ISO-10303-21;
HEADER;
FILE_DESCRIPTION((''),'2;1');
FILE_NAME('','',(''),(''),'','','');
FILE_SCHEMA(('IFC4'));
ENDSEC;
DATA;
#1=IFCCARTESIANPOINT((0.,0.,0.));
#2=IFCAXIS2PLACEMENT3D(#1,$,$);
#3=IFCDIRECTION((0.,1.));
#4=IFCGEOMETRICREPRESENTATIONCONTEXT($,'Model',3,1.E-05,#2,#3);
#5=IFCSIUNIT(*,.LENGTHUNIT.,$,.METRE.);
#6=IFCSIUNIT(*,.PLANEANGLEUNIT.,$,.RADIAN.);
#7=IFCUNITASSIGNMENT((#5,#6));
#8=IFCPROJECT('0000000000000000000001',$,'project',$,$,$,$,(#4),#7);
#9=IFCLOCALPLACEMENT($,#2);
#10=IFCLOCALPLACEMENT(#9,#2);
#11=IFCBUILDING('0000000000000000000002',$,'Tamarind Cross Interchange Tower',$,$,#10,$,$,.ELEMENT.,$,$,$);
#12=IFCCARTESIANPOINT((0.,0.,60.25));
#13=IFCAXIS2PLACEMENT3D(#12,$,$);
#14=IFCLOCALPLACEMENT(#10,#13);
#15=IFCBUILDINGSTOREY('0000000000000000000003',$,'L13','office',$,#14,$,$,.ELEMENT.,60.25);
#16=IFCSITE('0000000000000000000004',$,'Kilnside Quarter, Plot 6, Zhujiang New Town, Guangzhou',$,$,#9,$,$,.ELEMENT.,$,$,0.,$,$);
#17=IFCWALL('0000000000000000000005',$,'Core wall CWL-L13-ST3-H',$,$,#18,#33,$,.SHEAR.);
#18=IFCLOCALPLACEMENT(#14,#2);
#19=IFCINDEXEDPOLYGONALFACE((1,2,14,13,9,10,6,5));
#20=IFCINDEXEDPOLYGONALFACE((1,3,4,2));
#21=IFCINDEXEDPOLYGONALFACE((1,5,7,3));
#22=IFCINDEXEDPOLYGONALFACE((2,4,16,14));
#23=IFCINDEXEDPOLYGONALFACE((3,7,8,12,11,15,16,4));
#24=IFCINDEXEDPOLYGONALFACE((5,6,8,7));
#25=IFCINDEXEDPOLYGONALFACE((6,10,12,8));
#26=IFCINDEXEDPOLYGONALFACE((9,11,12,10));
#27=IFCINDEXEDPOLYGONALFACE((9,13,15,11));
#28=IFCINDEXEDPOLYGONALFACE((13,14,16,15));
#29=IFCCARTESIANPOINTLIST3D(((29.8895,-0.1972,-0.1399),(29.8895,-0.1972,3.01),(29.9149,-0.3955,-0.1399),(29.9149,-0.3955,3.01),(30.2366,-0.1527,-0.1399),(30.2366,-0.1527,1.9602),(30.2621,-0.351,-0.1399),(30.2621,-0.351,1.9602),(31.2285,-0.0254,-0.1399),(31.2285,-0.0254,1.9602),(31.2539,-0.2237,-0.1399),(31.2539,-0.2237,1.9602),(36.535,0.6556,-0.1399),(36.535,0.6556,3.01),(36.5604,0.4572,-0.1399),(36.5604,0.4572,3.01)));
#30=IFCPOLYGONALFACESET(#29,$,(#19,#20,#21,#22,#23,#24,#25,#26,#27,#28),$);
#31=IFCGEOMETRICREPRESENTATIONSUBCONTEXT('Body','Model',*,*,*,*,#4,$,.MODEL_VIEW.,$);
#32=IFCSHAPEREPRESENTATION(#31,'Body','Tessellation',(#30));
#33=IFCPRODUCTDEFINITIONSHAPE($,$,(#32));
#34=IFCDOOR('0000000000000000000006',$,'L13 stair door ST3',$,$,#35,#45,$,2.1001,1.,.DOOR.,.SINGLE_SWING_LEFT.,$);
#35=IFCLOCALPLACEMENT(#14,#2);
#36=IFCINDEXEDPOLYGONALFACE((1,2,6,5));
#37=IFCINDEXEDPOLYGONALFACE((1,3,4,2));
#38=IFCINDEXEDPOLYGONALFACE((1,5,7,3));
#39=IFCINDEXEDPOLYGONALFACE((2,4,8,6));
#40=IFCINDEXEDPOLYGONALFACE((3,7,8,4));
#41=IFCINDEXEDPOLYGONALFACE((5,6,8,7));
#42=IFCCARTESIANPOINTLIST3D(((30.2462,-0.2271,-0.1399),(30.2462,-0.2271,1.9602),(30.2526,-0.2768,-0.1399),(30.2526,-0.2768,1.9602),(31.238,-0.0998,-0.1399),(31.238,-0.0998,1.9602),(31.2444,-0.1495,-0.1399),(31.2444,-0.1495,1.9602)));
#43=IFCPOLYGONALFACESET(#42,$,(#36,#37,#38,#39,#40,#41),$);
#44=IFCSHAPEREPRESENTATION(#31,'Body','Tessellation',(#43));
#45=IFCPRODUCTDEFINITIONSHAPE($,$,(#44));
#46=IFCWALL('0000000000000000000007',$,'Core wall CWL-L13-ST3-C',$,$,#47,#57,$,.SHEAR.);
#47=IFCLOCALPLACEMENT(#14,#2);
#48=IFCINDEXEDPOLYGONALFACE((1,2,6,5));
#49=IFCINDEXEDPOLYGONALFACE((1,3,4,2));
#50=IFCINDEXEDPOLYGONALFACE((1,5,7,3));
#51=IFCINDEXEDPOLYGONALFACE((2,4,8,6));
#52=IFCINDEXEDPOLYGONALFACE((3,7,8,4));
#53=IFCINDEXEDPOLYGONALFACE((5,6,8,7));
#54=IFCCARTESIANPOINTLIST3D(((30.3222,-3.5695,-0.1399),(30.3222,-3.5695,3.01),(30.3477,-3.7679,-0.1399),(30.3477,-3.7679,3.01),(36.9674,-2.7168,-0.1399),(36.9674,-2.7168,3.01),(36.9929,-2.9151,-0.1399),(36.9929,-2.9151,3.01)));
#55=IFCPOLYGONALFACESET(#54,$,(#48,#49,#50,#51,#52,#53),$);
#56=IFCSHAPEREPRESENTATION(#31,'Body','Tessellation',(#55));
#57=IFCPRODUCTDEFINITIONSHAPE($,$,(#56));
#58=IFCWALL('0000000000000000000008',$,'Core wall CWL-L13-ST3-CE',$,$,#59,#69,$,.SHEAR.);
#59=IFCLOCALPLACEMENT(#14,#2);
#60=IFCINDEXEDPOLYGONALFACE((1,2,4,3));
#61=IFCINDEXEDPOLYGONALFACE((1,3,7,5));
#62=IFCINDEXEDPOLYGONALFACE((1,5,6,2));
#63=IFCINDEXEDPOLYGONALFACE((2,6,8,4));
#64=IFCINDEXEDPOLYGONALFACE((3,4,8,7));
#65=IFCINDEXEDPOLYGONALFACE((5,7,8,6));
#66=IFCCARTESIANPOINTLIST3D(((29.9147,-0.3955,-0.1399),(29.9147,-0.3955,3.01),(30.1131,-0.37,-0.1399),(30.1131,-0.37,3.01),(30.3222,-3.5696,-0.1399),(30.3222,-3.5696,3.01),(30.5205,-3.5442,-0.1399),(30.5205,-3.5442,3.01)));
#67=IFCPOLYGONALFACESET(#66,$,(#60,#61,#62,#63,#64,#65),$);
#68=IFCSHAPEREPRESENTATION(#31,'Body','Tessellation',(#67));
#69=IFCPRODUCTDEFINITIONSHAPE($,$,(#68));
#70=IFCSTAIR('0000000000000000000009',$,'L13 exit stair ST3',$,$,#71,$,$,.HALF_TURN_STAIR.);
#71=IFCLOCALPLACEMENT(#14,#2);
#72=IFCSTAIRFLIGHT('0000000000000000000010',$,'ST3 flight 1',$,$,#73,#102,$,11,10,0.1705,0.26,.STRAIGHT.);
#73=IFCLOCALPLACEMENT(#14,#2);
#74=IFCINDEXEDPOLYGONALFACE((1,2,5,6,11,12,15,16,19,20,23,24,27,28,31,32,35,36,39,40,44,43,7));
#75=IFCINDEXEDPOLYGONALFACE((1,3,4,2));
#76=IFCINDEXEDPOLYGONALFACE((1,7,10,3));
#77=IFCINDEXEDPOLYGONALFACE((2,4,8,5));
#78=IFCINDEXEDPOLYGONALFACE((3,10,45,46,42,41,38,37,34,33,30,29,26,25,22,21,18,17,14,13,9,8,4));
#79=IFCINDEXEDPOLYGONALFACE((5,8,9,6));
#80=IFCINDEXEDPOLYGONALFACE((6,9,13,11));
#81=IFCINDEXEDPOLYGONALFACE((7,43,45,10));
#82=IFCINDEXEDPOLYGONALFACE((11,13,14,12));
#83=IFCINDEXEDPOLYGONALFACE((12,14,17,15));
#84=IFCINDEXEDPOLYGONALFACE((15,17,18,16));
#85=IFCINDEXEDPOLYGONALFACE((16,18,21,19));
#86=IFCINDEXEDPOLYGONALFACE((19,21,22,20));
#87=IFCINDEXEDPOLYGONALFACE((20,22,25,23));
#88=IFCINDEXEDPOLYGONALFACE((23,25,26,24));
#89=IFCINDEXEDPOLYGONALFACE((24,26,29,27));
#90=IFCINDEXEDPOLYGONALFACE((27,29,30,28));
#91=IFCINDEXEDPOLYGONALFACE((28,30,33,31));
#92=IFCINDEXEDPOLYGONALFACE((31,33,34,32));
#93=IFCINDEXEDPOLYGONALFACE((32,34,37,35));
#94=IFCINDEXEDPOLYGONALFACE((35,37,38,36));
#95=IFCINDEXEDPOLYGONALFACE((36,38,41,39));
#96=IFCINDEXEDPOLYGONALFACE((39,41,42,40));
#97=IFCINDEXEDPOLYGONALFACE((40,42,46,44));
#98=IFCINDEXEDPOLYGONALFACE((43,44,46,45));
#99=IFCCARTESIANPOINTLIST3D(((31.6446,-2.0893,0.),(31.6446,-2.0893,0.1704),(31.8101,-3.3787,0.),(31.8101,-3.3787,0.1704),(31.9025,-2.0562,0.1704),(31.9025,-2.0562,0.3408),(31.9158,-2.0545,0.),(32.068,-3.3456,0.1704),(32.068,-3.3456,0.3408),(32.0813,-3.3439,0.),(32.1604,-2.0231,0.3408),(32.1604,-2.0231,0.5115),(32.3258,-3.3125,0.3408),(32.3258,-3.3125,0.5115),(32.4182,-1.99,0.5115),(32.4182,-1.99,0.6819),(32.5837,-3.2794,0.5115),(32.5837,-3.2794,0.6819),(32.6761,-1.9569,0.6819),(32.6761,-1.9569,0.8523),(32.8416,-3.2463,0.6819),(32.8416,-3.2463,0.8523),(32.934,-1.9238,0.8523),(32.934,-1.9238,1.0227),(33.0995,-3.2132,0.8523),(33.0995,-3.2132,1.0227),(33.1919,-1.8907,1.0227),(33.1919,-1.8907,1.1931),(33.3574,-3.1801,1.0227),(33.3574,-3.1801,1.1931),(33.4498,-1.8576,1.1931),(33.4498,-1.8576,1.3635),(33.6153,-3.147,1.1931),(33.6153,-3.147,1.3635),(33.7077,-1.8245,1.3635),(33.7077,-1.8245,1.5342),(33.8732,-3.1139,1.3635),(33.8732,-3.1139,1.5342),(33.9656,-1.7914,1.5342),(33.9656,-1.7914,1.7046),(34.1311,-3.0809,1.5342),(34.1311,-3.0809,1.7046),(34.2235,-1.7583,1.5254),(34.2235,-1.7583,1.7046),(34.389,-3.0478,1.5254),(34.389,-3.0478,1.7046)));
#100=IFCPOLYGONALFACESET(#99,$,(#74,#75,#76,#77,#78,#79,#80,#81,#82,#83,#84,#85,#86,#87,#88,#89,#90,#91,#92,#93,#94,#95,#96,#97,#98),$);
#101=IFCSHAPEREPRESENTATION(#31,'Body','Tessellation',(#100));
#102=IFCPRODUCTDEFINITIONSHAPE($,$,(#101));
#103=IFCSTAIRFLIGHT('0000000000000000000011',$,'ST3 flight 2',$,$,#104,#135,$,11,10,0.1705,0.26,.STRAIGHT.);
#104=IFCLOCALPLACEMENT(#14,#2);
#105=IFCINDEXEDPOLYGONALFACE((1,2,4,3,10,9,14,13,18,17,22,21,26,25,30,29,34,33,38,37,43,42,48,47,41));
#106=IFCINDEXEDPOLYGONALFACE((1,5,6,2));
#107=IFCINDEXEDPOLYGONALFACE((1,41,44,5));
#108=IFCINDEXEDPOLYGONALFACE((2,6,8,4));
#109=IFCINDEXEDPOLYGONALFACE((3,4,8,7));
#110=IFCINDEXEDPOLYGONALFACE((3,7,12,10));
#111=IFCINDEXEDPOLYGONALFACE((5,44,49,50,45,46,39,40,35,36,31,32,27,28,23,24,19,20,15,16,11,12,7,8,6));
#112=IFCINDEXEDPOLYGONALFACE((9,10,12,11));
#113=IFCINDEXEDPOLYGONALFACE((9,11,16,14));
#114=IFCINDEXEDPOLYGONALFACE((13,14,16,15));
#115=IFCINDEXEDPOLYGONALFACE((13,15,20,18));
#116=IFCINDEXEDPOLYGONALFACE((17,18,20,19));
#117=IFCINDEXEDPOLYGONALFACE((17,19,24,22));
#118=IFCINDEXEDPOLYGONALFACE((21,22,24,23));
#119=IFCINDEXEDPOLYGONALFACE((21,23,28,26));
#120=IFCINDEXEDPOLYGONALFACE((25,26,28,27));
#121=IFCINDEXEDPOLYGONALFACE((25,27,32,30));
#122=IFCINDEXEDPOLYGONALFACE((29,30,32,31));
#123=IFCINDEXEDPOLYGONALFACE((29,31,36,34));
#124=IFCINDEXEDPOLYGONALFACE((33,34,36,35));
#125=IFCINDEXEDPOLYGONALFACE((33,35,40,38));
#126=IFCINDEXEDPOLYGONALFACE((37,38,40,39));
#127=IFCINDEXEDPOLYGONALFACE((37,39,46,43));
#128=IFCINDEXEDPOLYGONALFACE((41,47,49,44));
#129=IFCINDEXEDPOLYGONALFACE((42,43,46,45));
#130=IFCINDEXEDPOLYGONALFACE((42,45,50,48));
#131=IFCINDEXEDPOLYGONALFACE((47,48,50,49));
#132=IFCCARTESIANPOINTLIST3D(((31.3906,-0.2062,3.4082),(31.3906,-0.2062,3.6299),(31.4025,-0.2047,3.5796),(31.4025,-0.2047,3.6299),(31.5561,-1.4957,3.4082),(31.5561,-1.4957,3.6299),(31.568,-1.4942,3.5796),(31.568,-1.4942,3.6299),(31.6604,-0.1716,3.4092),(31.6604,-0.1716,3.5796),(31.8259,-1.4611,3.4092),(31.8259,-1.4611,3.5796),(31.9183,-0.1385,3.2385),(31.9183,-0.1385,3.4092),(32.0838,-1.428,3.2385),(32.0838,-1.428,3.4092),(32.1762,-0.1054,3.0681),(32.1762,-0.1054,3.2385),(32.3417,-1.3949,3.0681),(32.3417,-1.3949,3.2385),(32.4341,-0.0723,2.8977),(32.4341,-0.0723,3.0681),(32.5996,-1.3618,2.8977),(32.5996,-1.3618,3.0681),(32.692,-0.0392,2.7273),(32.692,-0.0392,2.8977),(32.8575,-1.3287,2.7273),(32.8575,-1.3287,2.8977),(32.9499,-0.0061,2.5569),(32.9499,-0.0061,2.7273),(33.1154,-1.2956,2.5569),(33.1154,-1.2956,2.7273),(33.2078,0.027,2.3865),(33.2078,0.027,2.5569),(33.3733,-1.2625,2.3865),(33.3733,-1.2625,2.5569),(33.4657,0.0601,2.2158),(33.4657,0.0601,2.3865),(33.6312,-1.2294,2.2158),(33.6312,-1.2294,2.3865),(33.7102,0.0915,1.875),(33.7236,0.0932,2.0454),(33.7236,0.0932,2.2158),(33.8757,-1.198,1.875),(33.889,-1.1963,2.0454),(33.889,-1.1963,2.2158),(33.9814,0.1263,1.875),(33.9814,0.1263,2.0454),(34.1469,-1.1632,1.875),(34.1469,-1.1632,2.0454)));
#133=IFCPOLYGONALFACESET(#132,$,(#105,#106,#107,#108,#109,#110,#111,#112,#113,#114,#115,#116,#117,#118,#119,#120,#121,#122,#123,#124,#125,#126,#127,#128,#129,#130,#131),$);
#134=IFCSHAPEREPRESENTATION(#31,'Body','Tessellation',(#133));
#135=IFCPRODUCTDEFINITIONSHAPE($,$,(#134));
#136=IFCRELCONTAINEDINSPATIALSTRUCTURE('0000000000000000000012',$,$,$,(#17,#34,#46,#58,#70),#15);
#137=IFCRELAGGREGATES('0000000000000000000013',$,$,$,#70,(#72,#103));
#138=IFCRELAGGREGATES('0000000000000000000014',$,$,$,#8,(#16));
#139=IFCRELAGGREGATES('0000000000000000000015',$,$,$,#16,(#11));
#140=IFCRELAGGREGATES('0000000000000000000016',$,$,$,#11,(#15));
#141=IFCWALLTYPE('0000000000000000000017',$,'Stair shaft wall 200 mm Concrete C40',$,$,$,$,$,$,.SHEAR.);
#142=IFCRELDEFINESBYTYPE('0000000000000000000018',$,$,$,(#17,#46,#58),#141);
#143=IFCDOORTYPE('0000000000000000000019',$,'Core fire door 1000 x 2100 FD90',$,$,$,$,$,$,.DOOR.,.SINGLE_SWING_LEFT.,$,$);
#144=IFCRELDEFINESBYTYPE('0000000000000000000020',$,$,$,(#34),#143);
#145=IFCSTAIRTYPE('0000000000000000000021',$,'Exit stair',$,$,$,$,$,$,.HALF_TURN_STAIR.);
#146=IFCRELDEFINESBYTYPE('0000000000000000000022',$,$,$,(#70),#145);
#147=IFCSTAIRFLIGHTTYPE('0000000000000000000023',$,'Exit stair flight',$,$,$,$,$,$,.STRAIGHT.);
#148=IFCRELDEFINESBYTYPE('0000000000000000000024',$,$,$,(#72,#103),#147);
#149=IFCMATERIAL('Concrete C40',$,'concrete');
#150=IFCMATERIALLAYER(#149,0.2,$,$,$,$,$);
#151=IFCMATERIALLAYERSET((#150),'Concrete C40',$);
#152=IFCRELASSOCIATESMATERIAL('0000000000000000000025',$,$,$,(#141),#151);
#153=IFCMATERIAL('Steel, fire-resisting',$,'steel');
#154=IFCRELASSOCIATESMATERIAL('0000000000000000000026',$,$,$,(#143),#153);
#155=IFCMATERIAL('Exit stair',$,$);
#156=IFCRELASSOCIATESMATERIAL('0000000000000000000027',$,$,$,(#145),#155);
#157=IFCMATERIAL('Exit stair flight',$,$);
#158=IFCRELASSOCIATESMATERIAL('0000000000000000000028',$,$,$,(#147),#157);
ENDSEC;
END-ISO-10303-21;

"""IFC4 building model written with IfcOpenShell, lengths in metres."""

from ifc_helpers import new_model, si_unit, direction, frame, frame_2d, origin, place, context, subcontext, project, spatial, polyline, rectangle, outline, extrude, material, layer, layer_set, type_object, element, fill, aggregate, save


model = new_model("IFC4")

# Units and contexts
model_context = context("Model", 3, precision=1e-05, world=origin(), true_north=direction((0.0, 1.0)))
body_context = subcontext(model_context, "Body", "Model", "MODEL_VIEW")
ifc_project = project(units=[si_unit("LENGTHUNIT", "METRE"), si_unit("PLANEANGLEUNIT", "RADIAN")], contexts=[model_context])

# Site, building, storey
site_placement = place(None, origin())
site = spatial("IfcSite", under=ifc_project, at=site_placement, Name="Kilnside Quarter, Plot 6, Zhujiang New Town, Guangzhou", CompositionType="ELEMENT", RefElevation=0.0)
building_placement = place(site_placement, origin())
building = spatial("IfcBuilding", under=site, at=building_placement, Name="Tamarind Cross Interchange Tower", CompositionType="ELEMENT")
storey_placement = place(building_placement, frame((0.0, 0.0, 60.25)))
storey = spatial("IfcBuildingStorey", under=building, at=storey_placement, Name="L13", Description="office", CompositionType="ELEMENT", Elevation=60.25)

# Wall, opening, door
ifc_material_1 = material(Name="Concrete C40", Category="concrete")
ifc_layer_1 = layer(ifc_material_1, 0.2)
ifc_layer_set_1 = layer_set([ifc_layer_1], Name="Concrete C40")
wall_type_1 = type_object("IfcWallType", Name="Stair shaft wall 200 mm Concrete C40", PredefinedType="SHEAR", material=ifc_layer_set_1)
wall_1_placement = place(storey_placement, frame((29.9021, -0.2964, -0.1399), z_axis=(0.0, 0.0, 1.0), x_axis=(0.991867, 0.127281, 0.0)))
wall_1 = element("IfcWall", 1, at=wall_1_placement, inside=storey, type_object=wall_type_1, Name="Core wall CWL-L13-ST3-H", PredefinedType="SHEAR", context=body_context, shape_type="SweptSolid", body=[
    extrude(rectangle(XDim=6.7, YDim=0.2, at=frame_2d((3.3501, 0.0))), origin(), (0.0, 0.0, 1.0), 3.1499),
])
opening_1_placement = place(wall_1_placement, frame((0.3501, 0.0, 0.0)))
opening_1 = element("IfcOpeningElement", 2, at=opening_1_placement, cuts=wall_1, PredefinedType="OPENING", context=body_context, shape_type="SweptSolid", body=[
    extrude(rectangle(XDim=1.0, YDim=2.1001, at=frame_2d((0.5, 1.05))), frame((0.0, 0.1099, 0.0), z_axis=(0.0, -1.0, 0.0), x_axis=(1.0, 0.0, 0.0)), (0.0, 0.0, 1.0), 0.22),
])
ifc_material_2 = material(Name="Steel, fire-resisting", Category="steel")
door_type_1 = type_object("IfcDoorType", Name="Core fire door 1000 x 2100 FD90", OperationType="SINGLE_SWING_LEFT", PredefinedType="DOOR", material=ifc_material_2)
door_1_placement = place(opening_1_placement, origin())
door_1 = element("IfcDoor", 3, at=door_1_placement, inside=storey, type_object=door_type_1, Name="L13 stair door ST3", OperationType="SINGLE_SWING_LEFT", OverallHeight=2.1001, OverallWidth=1.0, PredefinedType="DOOR", context=body_context, shape_type="SweptSolid", body=[
    extrude(rectangle(XDim=1.0, YDim=2.1001, at=frame_2d((0.5, 1.05))), frame((0.0, 0.0249, 0.0), z_axis=(0.0, -1.0, 0.0), x_axis=(1.0, 0.0, 0.0)), (0.0, 0.0, 1.0), 0.05),
])
fill(opening_1, door_1)

# Walls
wall_2_placement = place(storey_placement, frame((30.335, -3.6687, -0.1399), z_axis=(0.0, 0.0, 1.0), x_axis=(0.991866, 0.127286, 0.0)))
element("IfcWall", 4, at=wall_2_placement, inside=storey, type_object=wall_type_1, Name="Core wall CWL-L13-ST3-C", PredefinedType="SHEAR", context=body_context, shape_type="SweptSolid", body=[
    extrude(rectangle(XDim=6.6997, YDim=0.2, at=frame_2d((3.3499, 0.0))), origin(), (0.0, 0.0, 1.0), 3.1499),
])
wall_3_placement = place(storey_placement, frame((30.4214, -3.5569, -0.1399), z_axis=(0.0, 0.0, 1.0), x_axis=(-0.12733, 0.99186, 0.0)))
element("IfcWall", 5, at=wall_3_placement, inside=storey, type_object=wall_type_1, Name="Core wall CWL-L13-ST3-CE", PredefinedType="SHEAR", context=body_context, shape_type="SweptSolid", body=[
    extrude(rectangle(XDim=3.2002, YDim=0.2, at=frame_2d((1.6001, 0.0))), origin(), (0.0, 0.0, 1.0), 3.1499),
])

# Stair, stair flights
ifc_material_3 = material(Name="Exit stair")
stair_type = type_object("IfcStairType", Name="Exit stair", PredefinedType="HALF_TURN_STAIR", material=ifc_material_3)
stair_placement = place(storey_placement, origin())
stair = element("IfcStair", 6, at=stair_placement, inside=storey, type_object=stair_type, Name="L13 exit stair ST3", PredefinedType="HALF_TURN_STAIR")
ifc_material_4 = material(Name="Exit stair flight")
stair_flight_type = type_object("IfcStairFlightType", Name="Exit stair flight", PredefinedType="STRAIGHT", material=ifc_material_4)
stair_flight_1_placement = place(storey_placement, frame((31.7273, -2.7339, 0.0), z_axis=(0.0, 0.0, 1.0), x_axis=(0.991864, 0.1273, 0.0)))
stair_flight_1 = element("IfcStairFlight", 7, at=stair_flight_1_placement, type_object=stair_flight_type, Name="ST3 flight 1", NumberOfRisers=11, NumberOfTreads=10, PredefinedType="STRAIGHT", RiserHeight=0.1705, TreadLength=0.26, context=body_context, shape_type="SweptSolid", body=[
    extrude(outline(polyline([(0.0, 0.0), (0.0, 0.1704), (0.26, 0.1704), (0.26, 0.3408), (0.52, 0.3408), (0.52, 0.5115), (0.78, 0.5115), (0.78, 0.6819), (1.04, 0.6819), (1.04, 0.8523), (1.3, 0.8523), (1.3, 1.0227), (1.5601, 1.0227), (1.5601, 1.1931), (1.8201, 1.1931), (1.8201, 1.3635), (2.0801, 1.3635), (2.0801, 1.5342), (2.3401, 1.5342), (2.3401, 1.7046), (2.6001, 1.7046), (2.6001, 1.875), (2.6001, 1.5254), (0.2734, 0.0), (0.0, 0.0)])), frame((0.0, 0.6499, 0.0), z_axis=(0.0, -1.0, 0.0), x_axis=(1.0, 0.0, 0.0)), (0.0, 0.0, 1.0), 1.3),
])
stair_flight_2_placement = place(storey_placement, frame((34.0642, -0.5186, 1.875), z_axis=(0.0, 0.0, 1.0), x_axis=(-0.991864, -0.1273, 0.0)))
stair_flight_2 = element("IfcStairFlight", 8, at=stair_flight_2_placement, type_object=stair_flight_type, Name="ST3 flight 2", NumberOfRisers=11, NumberOfTreads=10, PredefinedType="STRAIGHT", RiserHeight=0.1705, TreadLength=0.26, context=body_context, shape_type="SweptSolid", body=[
    extrude(outline(polyline([(0.0, 0.0), (0.0, 0.1704), (0.26, 0.1704), (0.26, 0.3408), (0.52, 0.3408), (0.52, 0.5115), (0.78, 0.5115), (0.78, 0.6819), (1.04, 0.6819), (1.04, 0.8523), (1.3, 0.8523), (1.3, 1.0227), (1.5601, 1.0227), (1.5601, 1.1931), (1.8201, 1.1931), (1.8201, 1.3635), (2.0801, 1.3635), (2.0801, 1.5342), (2.3401, 1.5342), (2.3401, 1.7046), (2.6001, 1.7046), (2.6001, 1.7549), (2.6121, 1.7549), (2.6121, 1.5332), (0.2734, 0.0), (0.0, 0.0)])), frame((0.0, 0.6499, 0.0), z_axis=(0.0, -1.0, 0.0), x_axis=(1.0, 0.0, 0.0)), (0.0, 0.0, 1.0), 1.3),
])
aggregate(stair, [stair_flight_1, stair_flight_2])

save(model, "model.ifc")
